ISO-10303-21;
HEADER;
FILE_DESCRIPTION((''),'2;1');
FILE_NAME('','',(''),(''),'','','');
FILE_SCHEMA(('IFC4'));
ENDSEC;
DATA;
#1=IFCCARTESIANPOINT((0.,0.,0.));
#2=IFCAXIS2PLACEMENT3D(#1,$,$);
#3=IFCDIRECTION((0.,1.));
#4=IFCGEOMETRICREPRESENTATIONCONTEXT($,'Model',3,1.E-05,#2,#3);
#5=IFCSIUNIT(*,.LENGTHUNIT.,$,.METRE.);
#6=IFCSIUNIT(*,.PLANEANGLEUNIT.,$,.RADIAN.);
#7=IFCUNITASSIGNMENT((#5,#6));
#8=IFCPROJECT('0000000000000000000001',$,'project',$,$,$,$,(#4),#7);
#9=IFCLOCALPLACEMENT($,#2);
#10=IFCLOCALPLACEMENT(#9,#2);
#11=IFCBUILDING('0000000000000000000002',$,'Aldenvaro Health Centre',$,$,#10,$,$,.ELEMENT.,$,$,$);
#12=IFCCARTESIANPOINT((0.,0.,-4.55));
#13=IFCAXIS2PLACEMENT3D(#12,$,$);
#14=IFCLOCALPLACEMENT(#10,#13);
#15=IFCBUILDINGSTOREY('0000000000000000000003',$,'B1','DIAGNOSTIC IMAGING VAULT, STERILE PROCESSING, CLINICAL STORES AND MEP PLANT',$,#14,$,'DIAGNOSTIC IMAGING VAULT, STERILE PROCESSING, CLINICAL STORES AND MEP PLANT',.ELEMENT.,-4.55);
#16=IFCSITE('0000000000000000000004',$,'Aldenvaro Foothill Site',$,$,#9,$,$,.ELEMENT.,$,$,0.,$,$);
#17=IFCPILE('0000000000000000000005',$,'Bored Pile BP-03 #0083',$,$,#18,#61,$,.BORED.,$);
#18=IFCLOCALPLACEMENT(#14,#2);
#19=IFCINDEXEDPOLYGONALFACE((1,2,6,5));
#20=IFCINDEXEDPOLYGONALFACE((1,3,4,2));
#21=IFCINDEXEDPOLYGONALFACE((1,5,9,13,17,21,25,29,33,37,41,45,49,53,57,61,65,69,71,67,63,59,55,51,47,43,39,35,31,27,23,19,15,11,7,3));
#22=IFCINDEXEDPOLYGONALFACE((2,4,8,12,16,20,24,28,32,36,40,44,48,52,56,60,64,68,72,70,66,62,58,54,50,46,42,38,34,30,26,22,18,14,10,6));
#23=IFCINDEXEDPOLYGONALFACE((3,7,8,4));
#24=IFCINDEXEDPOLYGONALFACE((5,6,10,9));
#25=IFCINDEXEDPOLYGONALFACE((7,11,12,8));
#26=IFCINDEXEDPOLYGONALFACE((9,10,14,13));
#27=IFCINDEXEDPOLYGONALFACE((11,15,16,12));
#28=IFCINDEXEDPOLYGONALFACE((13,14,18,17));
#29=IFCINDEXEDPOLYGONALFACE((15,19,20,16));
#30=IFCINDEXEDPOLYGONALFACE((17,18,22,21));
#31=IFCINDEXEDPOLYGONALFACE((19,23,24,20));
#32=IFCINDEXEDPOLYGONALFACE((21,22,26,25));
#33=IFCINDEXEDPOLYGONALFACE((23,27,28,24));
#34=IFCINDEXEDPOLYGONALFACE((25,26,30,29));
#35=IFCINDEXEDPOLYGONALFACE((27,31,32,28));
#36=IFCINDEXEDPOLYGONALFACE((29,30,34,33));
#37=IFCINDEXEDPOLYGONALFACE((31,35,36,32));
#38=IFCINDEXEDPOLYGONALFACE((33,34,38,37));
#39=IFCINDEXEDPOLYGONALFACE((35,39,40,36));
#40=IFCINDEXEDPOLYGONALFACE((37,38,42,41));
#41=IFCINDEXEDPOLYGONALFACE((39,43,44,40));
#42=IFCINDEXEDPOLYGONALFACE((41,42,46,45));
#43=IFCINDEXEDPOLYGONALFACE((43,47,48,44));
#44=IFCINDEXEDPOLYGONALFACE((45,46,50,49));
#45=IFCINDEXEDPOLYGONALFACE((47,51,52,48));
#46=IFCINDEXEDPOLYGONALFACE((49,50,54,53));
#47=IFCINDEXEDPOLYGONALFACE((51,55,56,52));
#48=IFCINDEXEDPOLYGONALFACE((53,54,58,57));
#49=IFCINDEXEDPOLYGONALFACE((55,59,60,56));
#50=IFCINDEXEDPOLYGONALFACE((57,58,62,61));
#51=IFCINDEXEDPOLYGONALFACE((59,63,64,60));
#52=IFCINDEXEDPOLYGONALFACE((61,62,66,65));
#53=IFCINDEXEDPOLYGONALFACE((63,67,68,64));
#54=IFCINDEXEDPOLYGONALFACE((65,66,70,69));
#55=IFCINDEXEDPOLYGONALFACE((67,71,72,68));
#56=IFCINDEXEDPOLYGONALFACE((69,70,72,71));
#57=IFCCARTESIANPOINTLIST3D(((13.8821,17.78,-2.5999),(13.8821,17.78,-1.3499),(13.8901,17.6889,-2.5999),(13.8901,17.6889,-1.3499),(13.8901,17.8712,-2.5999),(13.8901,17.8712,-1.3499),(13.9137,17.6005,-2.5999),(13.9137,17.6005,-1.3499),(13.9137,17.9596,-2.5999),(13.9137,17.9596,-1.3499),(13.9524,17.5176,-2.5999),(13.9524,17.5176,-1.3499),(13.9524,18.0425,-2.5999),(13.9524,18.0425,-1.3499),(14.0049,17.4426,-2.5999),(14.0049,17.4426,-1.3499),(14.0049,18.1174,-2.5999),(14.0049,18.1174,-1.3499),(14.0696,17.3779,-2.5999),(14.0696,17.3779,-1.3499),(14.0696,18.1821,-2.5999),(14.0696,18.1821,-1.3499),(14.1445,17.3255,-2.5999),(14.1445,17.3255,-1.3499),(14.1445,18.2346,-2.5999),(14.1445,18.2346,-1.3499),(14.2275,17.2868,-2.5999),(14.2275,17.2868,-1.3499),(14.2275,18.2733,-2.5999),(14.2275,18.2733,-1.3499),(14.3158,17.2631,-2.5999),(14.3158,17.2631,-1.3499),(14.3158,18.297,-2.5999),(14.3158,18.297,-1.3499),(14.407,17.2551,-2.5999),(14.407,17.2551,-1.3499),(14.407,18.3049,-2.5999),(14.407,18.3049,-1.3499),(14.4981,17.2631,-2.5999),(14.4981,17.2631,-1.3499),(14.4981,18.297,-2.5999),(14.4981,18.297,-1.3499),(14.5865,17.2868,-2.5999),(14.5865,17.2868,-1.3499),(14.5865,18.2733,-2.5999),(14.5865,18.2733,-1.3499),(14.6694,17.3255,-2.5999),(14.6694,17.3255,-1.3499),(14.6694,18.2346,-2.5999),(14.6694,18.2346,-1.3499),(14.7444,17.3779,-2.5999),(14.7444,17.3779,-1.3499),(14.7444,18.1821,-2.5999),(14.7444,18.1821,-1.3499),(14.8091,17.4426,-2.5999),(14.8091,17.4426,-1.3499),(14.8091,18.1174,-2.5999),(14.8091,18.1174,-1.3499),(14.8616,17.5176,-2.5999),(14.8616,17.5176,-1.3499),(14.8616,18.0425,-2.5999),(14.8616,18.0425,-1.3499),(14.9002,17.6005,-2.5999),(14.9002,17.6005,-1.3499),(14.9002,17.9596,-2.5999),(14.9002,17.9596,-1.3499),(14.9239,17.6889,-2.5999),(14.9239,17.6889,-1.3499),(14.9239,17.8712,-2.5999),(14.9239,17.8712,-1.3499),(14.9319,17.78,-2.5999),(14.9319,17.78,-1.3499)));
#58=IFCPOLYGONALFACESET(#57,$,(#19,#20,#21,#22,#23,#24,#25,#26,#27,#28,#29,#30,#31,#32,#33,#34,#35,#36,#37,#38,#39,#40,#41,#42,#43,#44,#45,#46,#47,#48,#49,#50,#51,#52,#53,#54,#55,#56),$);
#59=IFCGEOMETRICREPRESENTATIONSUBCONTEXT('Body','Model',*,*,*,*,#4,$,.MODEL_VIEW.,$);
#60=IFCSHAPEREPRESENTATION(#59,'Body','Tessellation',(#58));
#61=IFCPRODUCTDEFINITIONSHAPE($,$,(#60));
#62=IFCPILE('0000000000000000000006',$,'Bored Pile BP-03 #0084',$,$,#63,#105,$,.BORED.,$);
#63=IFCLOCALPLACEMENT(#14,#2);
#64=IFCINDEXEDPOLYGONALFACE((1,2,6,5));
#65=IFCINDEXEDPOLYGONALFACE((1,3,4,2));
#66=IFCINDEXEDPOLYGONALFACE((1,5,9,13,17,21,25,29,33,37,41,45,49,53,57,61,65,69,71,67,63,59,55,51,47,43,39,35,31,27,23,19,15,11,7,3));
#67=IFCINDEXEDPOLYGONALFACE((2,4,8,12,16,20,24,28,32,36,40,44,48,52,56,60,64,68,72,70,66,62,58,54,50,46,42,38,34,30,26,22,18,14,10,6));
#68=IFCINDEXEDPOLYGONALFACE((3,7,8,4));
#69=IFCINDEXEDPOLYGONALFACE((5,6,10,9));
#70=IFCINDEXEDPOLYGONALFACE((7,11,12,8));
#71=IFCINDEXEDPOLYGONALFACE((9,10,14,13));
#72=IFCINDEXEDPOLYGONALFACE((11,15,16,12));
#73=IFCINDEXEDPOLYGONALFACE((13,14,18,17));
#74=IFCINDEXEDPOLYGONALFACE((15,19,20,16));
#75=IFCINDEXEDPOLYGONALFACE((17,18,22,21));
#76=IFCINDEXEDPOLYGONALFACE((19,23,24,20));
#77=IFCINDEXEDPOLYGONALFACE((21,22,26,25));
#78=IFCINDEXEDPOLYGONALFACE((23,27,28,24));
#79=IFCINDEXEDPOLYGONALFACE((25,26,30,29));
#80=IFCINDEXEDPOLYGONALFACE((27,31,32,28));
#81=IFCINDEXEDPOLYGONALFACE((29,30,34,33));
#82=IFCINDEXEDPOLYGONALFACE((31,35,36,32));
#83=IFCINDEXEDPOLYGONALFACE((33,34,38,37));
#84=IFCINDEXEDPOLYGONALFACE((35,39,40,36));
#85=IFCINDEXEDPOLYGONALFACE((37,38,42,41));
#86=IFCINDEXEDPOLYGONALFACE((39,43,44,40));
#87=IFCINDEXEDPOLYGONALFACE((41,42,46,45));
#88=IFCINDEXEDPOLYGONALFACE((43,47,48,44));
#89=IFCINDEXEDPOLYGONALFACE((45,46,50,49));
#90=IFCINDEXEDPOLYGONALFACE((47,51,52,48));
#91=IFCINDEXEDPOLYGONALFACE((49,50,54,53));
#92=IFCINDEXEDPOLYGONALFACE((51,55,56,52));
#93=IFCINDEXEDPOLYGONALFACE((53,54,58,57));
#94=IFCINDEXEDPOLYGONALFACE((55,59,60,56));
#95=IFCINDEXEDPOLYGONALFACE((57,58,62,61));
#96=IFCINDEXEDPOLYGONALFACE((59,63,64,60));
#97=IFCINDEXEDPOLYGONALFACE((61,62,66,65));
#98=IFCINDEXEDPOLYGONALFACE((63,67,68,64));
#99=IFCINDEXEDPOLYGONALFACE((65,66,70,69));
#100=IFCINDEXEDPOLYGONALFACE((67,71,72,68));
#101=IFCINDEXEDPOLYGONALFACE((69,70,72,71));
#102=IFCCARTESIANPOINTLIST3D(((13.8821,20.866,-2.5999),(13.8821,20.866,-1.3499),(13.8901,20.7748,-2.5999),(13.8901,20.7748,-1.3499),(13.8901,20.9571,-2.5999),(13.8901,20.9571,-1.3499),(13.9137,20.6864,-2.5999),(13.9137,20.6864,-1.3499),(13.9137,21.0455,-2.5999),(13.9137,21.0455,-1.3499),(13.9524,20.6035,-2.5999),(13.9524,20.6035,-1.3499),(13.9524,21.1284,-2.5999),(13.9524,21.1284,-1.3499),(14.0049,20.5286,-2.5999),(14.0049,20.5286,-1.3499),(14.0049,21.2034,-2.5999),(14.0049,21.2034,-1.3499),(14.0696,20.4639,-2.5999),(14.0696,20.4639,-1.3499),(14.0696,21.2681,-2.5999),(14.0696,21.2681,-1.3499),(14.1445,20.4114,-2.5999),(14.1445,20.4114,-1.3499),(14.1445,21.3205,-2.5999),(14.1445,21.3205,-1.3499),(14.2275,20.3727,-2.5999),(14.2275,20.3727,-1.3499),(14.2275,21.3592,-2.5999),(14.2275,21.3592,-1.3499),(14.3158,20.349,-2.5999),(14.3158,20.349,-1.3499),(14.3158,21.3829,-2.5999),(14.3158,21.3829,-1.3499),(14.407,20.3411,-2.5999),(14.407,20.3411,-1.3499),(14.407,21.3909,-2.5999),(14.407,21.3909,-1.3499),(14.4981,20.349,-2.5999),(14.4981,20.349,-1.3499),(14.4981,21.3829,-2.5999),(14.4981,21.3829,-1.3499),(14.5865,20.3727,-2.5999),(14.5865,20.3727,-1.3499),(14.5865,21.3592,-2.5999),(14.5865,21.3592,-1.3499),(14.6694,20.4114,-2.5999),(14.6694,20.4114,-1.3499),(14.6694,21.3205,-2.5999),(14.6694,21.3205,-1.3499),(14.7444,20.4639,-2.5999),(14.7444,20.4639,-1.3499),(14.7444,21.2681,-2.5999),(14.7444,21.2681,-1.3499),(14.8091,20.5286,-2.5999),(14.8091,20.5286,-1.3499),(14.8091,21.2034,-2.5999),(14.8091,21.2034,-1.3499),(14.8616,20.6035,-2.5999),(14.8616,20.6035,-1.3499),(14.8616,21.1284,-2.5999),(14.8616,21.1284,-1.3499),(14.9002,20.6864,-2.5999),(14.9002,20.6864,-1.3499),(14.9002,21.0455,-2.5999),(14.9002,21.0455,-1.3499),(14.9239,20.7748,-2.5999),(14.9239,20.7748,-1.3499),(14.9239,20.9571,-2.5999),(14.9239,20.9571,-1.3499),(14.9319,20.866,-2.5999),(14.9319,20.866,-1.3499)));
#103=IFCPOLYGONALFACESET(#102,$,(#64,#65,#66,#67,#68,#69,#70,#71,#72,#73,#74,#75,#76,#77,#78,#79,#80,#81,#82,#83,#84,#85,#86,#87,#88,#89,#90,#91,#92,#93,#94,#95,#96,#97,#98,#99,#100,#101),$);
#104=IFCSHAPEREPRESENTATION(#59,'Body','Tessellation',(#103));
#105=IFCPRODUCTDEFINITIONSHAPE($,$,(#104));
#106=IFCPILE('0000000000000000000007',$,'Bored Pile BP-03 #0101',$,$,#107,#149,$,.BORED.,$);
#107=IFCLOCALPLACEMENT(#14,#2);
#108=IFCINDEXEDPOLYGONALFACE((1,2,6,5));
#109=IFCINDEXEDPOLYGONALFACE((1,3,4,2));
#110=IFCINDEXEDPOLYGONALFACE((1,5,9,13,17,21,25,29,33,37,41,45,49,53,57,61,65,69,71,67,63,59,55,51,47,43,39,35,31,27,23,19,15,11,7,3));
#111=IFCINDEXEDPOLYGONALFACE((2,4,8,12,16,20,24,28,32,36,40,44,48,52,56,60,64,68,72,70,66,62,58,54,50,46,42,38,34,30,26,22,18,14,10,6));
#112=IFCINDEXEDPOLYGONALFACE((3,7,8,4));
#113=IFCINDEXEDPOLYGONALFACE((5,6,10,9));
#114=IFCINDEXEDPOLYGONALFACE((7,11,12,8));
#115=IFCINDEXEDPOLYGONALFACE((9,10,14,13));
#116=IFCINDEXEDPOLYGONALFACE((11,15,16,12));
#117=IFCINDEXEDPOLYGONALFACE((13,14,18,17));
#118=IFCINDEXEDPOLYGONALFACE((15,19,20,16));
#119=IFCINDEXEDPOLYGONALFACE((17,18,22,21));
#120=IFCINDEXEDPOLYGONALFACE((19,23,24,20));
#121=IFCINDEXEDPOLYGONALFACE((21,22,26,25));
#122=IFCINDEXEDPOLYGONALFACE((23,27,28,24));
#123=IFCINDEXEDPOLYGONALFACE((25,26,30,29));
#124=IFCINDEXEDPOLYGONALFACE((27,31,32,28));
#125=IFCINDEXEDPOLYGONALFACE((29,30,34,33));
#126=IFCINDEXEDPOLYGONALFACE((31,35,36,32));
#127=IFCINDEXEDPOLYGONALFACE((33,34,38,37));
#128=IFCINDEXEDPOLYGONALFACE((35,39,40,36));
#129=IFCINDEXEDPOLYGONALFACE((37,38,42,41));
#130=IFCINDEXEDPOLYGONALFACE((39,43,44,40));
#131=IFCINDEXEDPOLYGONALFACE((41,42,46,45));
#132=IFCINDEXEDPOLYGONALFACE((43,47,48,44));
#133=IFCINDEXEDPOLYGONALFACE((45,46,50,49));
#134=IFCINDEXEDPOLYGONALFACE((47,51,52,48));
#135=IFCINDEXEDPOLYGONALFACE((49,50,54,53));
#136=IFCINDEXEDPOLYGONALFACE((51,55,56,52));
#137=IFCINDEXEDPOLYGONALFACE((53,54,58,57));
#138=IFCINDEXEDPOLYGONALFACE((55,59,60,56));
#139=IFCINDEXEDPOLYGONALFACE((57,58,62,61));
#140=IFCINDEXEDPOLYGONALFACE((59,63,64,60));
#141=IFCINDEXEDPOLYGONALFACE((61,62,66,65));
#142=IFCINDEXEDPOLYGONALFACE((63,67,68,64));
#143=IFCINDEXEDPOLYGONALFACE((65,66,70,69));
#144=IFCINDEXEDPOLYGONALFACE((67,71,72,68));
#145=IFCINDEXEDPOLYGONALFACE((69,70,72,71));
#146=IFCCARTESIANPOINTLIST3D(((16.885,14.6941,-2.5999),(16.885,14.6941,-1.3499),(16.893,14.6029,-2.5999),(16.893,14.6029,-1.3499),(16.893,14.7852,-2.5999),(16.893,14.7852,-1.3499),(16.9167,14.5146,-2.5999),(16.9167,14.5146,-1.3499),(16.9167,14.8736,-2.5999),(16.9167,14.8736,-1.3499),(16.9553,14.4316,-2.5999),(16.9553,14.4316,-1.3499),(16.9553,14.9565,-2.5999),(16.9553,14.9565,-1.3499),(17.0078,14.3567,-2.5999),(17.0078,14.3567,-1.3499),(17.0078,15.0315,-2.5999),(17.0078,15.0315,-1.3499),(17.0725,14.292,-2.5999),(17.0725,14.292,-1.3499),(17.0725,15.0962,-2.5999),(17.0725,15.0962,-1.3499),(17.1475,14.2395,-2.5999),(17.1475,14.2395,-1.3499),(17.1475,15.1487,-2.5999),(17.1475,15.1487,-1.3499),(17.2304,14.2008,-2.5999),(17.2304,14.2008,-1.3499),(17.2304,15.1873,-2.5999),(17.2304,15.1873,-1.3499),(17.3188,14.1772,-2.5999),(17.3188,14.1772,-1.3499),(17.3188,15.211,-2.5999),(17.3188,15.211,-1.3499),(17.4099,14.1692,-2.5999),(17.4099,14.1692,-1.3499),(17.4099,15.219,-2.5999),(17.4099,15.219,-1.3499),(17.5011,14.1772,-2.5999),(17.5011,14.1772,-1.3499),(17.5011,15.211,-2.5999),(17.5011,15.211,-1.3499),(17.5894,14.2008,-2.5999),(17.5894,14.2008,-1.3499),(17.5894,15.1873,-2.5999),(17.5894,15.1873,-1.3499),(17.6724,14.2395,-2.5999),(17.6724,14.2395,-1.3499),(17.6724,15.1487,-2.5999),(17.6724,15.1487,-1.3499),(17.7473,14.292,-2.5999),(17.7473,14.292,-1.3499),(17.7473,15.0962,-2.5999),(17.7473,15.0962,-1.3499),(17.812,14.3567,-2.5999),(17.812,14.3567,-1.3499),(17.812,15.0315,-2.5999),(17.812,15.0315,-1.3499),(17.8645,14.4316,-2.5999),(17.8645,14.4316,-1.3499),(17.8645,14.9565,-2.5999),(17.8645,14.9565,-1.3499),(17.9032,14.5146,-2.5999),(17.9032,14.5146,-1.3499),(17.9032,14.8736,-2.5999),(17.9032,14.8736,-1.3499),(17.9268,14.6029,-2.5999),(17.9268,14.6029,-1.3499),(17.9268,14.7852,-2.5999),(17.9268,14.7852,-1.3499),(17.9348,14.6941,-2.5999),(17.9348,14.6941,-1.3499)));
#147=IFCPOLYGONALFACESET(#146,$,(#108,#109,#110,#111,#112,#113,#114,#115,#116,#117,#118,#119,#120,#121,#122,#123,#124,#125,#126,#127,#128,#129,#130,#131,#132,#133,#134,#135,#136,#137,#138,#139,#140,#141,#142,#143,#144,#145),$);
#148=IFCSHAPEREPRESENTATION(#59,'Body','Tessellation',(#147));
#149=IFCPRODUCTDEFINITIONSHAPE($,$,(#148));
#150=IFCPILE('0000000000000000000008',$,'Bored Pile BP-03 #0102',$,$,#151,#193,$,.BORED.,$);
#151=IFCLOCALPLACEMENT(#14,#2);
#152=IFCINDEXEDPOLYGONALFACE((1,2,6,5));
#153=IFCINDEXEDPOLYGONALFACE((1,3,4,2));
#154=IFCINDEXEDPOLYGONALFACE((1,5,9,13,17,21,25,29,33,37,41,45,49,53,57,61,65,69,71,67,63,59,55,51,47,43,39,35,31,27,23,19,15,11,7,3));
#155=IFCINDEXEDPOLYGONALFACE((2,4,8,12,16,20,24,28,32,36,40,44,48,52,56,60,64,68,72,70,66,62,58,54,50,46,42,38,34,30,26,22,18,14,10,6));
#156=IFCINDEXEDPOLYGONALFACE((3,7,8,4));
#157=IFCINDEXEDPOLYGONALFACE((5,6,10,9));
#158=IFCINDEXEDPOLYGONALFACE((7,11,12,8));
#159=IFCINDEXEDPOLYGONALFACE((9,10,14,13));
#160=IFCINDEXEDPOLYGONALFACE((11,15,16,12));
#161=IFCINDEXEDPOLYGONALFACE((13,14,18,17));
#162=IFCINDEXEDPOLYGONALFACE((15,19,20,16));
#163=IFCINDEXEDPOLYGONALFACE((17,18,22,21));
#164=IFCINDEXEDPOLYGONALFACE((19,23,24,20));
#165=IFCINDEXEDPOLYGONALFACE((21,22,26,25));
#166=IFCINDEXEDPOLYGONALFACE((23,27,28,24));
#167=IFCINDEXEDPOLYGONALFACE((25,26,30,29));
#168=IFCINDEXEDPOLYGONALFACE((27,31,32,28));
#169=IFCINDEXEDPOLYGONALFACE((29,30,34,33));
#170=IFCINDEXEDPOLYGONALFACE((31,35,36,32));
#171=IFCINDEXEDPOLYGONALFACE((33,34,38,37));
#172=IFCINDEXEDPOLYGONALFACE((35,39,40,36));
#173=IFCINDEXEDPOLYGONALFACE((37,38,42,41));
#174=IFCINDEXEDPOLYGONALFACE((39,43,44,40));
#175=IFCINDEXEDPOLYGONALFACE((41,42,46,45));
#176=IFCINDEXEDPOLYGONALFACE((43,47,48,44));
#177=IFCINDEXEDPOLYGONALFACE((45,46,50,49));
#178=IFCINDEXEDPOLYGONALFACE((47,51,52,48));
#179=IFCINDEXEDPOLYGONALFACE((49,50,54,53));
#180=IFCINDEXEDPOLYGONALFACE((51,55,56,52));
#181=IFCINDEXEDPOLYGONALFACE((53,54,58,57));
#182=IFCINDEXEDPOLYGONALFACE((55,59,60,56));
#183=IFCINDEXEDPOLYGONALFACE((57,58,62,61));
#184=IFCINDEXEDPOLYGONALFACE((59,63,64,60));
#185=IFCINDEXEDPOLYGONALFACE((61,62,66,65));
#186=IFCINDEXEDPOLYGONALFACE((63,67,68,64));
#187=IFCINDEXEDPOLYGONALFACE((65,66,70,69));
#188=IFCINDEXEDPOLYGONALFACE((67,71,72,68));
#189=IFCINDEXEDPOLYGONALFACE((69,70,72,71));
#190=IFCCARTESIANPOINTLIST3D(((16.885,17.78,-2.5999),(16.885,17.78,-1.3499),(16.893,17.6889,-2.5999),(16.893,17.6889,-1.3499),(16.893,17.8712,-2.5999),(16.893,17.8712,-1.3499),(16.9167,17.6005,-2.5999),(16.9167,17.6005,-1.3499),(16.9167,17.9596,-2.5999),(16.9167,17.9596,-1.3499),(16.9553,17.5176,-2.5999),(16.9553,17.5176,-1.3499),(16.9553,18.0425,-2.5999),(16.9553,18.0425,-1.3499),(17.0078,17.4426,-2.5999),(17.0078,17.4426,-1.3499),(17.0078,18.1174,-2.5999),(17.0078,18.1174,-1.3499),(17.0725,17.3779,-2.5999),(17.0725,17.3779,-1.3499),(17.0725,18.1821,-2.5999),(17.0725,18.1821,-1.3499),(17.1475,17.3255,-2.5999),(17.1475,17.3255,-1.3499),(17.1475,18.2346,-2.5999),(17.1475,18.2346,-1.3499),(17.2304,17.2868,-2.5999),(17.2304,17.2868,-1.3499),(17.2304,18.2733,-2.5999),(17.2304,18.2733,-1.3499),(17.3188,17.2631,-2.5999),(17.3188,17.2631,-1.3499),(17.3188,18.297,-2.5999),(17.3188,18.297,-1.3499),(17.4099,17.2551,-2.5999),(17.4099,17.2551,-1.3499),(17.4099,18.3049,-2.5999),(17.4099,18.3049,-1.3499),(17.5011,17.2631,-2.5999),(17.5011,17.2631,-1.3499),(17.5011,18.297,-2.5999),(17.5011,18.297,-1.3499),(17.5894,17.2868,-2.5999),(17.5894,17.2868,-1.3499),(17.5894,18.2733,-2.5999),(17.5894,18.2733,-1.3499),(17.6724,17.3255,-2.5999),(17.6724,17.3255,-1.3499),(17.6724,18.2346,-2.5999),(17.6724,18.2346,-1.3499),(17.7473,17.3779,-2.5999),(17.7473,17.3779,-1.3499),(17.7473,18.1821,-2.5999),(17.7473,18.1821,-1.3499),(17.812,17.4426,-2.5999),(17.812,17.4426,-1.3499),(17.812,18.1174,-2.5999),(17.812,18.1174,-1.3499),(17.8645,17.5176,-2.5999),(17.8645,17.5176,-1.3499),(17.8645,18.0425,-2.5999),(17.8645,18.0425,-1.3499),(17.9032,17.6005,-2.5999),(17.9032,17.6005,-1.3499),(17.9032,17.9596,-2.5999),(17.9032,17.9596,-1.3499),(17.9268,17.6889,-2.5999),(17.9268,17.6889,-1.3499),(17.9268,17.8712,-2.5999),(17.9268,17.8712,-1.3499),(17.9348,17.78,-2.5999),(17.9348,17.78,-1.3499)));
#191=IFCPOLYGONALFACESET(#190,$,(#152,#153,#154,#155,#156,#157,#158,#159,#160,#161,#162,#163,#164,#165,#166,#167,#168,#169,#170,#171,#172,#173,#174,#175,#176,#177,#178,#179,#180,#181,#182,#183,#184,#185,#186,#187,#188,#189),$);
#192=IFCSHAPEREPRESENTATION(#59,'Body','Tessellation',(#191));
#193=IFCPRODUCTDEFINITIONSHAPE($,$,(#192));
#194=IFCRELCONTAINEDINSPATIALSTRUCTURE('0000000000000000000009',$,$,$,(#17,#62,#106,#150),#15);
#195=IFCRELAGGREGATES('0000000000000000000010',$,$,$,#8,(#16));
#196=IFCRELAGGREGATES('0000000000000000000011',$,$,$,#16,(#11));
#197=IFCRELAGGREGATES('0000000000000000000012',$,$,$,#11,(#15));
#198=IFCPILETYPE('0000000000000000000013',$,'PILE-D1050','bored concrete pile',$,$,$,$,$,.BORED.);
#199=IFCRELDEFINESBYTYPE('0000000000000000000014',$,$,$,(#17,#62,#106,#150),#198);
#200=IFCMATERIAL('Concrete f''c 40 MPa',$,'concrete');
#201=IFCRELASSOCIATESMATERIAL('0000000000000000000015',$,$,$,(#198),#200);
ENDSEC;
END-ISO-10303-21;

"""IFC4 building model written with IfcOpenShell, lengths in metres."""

from ifc_helpers import new_model, si_unit, direction, frame, origin, origin_2d, place, context, subcontext, project, spatial, circle, extrude, material, material_profile, profile_set, type_object, element, save


model = new_model("IFC4")

# Units and contexts
model_context = context("Model", 3, precision=1e-05, world=origin(), true_north=direction((0.0, 1.0)))
body_context = subcontext(model_context, "Body", "Model", "MODEL_VIEW")
ifc_project = project(units=[si_unit("LENGTHUNIT", "METRE"), si_unit("PLANEANGLEUNIT", "RADIAN")], contexts=[model_context])

# Site, building, storey
site_placement = place(None, origin())
site = spatial("IfcSite", under=ifc_project, at=site_placement, Name="Aldenvaro Foothill Site", CompositionType="ELEMENT", RefElevation=0.0)
building_placement = place(site_placement, origin())
building = spatial("IfcBuilding", under=site, at=building_placement, Name="Aldenvaro Health Centre", CompositionType="ELEMENT")
storey_placement = place(building_placement, frame((0.0, 0.0, -4.55)))
storey = spatial("IfcBuildingStorey", under=building, at=storey_placement, Name="B1", Description="DIAGNOSTIC IMAGING VAULT, STERILE PROCESSING, CLINICAL STORES AND MEP PLANT", LongName="DIAGNOSTIC IMAGING VAULT, STERILE PROCESSING, CLINICAL STORES AND MEP PLANT", CompositionType="ELEMENT", Elevation=-4.55)

# Piles
ifc_material_1 = material(Name="Concrete f'c 40 MPa", Category="concrete")
ifc_material_profile_1 = material_profile(ifc_material_1, circle(Radius=0.5249, at=origin_2d()), Name="PILE D1050", Category="concrete")
ifc_profile_set_1 = profile_set([ifc_material_profile_1], Name="Concrete f'c 40 MPa")
pile_type = type_object("IfcPileType", Name="PILE-D1050", Description="bored concrete pile", PredefinedType="BORED", material=ifc_profile_set_1)
for number, where, z_axis, x_axis, name in (
    (1, (14.407, 17.78, -1.3499), (0.0, 0.0, -1.0), (1.0, 0.0, 0.0), "Bored Pile BP-03 #0083"),
    (2, (14.407, 20.866, -1.3499), (0.0, 0.0, -1.0), (1.0, 0.0, 0.0), "Bored Pile BP-03 #0084"),
    (3, (17.4099, 14.6941, -1.3499), (0.0, 0.0, -1.0), (1.0, 0.0, 0.0), "Bored Pile BP-03 #0101"),
    (4, (17.4099, 17.78, -1.3499), (0.0, 0.0, -1.0), (1.0, 0.0, 0.0), "Bored Pile BP-03 #0102"),
):
    element("IfcPile", number, at=place(storey_placement, frame(where, z_axis=z_axis, x_axis=x_axis)), inside=storey, type_object=pile_type, Name=name, PredefinedType="BORED", context=body_context, shape_type="SweptSolid", body=[
        extrude(circle(Radius=0.5249, at=origin_2d()), origin(), (0.0, 0.0, 1.0), 1.25),
    ])

save(model, "model.ifc")
